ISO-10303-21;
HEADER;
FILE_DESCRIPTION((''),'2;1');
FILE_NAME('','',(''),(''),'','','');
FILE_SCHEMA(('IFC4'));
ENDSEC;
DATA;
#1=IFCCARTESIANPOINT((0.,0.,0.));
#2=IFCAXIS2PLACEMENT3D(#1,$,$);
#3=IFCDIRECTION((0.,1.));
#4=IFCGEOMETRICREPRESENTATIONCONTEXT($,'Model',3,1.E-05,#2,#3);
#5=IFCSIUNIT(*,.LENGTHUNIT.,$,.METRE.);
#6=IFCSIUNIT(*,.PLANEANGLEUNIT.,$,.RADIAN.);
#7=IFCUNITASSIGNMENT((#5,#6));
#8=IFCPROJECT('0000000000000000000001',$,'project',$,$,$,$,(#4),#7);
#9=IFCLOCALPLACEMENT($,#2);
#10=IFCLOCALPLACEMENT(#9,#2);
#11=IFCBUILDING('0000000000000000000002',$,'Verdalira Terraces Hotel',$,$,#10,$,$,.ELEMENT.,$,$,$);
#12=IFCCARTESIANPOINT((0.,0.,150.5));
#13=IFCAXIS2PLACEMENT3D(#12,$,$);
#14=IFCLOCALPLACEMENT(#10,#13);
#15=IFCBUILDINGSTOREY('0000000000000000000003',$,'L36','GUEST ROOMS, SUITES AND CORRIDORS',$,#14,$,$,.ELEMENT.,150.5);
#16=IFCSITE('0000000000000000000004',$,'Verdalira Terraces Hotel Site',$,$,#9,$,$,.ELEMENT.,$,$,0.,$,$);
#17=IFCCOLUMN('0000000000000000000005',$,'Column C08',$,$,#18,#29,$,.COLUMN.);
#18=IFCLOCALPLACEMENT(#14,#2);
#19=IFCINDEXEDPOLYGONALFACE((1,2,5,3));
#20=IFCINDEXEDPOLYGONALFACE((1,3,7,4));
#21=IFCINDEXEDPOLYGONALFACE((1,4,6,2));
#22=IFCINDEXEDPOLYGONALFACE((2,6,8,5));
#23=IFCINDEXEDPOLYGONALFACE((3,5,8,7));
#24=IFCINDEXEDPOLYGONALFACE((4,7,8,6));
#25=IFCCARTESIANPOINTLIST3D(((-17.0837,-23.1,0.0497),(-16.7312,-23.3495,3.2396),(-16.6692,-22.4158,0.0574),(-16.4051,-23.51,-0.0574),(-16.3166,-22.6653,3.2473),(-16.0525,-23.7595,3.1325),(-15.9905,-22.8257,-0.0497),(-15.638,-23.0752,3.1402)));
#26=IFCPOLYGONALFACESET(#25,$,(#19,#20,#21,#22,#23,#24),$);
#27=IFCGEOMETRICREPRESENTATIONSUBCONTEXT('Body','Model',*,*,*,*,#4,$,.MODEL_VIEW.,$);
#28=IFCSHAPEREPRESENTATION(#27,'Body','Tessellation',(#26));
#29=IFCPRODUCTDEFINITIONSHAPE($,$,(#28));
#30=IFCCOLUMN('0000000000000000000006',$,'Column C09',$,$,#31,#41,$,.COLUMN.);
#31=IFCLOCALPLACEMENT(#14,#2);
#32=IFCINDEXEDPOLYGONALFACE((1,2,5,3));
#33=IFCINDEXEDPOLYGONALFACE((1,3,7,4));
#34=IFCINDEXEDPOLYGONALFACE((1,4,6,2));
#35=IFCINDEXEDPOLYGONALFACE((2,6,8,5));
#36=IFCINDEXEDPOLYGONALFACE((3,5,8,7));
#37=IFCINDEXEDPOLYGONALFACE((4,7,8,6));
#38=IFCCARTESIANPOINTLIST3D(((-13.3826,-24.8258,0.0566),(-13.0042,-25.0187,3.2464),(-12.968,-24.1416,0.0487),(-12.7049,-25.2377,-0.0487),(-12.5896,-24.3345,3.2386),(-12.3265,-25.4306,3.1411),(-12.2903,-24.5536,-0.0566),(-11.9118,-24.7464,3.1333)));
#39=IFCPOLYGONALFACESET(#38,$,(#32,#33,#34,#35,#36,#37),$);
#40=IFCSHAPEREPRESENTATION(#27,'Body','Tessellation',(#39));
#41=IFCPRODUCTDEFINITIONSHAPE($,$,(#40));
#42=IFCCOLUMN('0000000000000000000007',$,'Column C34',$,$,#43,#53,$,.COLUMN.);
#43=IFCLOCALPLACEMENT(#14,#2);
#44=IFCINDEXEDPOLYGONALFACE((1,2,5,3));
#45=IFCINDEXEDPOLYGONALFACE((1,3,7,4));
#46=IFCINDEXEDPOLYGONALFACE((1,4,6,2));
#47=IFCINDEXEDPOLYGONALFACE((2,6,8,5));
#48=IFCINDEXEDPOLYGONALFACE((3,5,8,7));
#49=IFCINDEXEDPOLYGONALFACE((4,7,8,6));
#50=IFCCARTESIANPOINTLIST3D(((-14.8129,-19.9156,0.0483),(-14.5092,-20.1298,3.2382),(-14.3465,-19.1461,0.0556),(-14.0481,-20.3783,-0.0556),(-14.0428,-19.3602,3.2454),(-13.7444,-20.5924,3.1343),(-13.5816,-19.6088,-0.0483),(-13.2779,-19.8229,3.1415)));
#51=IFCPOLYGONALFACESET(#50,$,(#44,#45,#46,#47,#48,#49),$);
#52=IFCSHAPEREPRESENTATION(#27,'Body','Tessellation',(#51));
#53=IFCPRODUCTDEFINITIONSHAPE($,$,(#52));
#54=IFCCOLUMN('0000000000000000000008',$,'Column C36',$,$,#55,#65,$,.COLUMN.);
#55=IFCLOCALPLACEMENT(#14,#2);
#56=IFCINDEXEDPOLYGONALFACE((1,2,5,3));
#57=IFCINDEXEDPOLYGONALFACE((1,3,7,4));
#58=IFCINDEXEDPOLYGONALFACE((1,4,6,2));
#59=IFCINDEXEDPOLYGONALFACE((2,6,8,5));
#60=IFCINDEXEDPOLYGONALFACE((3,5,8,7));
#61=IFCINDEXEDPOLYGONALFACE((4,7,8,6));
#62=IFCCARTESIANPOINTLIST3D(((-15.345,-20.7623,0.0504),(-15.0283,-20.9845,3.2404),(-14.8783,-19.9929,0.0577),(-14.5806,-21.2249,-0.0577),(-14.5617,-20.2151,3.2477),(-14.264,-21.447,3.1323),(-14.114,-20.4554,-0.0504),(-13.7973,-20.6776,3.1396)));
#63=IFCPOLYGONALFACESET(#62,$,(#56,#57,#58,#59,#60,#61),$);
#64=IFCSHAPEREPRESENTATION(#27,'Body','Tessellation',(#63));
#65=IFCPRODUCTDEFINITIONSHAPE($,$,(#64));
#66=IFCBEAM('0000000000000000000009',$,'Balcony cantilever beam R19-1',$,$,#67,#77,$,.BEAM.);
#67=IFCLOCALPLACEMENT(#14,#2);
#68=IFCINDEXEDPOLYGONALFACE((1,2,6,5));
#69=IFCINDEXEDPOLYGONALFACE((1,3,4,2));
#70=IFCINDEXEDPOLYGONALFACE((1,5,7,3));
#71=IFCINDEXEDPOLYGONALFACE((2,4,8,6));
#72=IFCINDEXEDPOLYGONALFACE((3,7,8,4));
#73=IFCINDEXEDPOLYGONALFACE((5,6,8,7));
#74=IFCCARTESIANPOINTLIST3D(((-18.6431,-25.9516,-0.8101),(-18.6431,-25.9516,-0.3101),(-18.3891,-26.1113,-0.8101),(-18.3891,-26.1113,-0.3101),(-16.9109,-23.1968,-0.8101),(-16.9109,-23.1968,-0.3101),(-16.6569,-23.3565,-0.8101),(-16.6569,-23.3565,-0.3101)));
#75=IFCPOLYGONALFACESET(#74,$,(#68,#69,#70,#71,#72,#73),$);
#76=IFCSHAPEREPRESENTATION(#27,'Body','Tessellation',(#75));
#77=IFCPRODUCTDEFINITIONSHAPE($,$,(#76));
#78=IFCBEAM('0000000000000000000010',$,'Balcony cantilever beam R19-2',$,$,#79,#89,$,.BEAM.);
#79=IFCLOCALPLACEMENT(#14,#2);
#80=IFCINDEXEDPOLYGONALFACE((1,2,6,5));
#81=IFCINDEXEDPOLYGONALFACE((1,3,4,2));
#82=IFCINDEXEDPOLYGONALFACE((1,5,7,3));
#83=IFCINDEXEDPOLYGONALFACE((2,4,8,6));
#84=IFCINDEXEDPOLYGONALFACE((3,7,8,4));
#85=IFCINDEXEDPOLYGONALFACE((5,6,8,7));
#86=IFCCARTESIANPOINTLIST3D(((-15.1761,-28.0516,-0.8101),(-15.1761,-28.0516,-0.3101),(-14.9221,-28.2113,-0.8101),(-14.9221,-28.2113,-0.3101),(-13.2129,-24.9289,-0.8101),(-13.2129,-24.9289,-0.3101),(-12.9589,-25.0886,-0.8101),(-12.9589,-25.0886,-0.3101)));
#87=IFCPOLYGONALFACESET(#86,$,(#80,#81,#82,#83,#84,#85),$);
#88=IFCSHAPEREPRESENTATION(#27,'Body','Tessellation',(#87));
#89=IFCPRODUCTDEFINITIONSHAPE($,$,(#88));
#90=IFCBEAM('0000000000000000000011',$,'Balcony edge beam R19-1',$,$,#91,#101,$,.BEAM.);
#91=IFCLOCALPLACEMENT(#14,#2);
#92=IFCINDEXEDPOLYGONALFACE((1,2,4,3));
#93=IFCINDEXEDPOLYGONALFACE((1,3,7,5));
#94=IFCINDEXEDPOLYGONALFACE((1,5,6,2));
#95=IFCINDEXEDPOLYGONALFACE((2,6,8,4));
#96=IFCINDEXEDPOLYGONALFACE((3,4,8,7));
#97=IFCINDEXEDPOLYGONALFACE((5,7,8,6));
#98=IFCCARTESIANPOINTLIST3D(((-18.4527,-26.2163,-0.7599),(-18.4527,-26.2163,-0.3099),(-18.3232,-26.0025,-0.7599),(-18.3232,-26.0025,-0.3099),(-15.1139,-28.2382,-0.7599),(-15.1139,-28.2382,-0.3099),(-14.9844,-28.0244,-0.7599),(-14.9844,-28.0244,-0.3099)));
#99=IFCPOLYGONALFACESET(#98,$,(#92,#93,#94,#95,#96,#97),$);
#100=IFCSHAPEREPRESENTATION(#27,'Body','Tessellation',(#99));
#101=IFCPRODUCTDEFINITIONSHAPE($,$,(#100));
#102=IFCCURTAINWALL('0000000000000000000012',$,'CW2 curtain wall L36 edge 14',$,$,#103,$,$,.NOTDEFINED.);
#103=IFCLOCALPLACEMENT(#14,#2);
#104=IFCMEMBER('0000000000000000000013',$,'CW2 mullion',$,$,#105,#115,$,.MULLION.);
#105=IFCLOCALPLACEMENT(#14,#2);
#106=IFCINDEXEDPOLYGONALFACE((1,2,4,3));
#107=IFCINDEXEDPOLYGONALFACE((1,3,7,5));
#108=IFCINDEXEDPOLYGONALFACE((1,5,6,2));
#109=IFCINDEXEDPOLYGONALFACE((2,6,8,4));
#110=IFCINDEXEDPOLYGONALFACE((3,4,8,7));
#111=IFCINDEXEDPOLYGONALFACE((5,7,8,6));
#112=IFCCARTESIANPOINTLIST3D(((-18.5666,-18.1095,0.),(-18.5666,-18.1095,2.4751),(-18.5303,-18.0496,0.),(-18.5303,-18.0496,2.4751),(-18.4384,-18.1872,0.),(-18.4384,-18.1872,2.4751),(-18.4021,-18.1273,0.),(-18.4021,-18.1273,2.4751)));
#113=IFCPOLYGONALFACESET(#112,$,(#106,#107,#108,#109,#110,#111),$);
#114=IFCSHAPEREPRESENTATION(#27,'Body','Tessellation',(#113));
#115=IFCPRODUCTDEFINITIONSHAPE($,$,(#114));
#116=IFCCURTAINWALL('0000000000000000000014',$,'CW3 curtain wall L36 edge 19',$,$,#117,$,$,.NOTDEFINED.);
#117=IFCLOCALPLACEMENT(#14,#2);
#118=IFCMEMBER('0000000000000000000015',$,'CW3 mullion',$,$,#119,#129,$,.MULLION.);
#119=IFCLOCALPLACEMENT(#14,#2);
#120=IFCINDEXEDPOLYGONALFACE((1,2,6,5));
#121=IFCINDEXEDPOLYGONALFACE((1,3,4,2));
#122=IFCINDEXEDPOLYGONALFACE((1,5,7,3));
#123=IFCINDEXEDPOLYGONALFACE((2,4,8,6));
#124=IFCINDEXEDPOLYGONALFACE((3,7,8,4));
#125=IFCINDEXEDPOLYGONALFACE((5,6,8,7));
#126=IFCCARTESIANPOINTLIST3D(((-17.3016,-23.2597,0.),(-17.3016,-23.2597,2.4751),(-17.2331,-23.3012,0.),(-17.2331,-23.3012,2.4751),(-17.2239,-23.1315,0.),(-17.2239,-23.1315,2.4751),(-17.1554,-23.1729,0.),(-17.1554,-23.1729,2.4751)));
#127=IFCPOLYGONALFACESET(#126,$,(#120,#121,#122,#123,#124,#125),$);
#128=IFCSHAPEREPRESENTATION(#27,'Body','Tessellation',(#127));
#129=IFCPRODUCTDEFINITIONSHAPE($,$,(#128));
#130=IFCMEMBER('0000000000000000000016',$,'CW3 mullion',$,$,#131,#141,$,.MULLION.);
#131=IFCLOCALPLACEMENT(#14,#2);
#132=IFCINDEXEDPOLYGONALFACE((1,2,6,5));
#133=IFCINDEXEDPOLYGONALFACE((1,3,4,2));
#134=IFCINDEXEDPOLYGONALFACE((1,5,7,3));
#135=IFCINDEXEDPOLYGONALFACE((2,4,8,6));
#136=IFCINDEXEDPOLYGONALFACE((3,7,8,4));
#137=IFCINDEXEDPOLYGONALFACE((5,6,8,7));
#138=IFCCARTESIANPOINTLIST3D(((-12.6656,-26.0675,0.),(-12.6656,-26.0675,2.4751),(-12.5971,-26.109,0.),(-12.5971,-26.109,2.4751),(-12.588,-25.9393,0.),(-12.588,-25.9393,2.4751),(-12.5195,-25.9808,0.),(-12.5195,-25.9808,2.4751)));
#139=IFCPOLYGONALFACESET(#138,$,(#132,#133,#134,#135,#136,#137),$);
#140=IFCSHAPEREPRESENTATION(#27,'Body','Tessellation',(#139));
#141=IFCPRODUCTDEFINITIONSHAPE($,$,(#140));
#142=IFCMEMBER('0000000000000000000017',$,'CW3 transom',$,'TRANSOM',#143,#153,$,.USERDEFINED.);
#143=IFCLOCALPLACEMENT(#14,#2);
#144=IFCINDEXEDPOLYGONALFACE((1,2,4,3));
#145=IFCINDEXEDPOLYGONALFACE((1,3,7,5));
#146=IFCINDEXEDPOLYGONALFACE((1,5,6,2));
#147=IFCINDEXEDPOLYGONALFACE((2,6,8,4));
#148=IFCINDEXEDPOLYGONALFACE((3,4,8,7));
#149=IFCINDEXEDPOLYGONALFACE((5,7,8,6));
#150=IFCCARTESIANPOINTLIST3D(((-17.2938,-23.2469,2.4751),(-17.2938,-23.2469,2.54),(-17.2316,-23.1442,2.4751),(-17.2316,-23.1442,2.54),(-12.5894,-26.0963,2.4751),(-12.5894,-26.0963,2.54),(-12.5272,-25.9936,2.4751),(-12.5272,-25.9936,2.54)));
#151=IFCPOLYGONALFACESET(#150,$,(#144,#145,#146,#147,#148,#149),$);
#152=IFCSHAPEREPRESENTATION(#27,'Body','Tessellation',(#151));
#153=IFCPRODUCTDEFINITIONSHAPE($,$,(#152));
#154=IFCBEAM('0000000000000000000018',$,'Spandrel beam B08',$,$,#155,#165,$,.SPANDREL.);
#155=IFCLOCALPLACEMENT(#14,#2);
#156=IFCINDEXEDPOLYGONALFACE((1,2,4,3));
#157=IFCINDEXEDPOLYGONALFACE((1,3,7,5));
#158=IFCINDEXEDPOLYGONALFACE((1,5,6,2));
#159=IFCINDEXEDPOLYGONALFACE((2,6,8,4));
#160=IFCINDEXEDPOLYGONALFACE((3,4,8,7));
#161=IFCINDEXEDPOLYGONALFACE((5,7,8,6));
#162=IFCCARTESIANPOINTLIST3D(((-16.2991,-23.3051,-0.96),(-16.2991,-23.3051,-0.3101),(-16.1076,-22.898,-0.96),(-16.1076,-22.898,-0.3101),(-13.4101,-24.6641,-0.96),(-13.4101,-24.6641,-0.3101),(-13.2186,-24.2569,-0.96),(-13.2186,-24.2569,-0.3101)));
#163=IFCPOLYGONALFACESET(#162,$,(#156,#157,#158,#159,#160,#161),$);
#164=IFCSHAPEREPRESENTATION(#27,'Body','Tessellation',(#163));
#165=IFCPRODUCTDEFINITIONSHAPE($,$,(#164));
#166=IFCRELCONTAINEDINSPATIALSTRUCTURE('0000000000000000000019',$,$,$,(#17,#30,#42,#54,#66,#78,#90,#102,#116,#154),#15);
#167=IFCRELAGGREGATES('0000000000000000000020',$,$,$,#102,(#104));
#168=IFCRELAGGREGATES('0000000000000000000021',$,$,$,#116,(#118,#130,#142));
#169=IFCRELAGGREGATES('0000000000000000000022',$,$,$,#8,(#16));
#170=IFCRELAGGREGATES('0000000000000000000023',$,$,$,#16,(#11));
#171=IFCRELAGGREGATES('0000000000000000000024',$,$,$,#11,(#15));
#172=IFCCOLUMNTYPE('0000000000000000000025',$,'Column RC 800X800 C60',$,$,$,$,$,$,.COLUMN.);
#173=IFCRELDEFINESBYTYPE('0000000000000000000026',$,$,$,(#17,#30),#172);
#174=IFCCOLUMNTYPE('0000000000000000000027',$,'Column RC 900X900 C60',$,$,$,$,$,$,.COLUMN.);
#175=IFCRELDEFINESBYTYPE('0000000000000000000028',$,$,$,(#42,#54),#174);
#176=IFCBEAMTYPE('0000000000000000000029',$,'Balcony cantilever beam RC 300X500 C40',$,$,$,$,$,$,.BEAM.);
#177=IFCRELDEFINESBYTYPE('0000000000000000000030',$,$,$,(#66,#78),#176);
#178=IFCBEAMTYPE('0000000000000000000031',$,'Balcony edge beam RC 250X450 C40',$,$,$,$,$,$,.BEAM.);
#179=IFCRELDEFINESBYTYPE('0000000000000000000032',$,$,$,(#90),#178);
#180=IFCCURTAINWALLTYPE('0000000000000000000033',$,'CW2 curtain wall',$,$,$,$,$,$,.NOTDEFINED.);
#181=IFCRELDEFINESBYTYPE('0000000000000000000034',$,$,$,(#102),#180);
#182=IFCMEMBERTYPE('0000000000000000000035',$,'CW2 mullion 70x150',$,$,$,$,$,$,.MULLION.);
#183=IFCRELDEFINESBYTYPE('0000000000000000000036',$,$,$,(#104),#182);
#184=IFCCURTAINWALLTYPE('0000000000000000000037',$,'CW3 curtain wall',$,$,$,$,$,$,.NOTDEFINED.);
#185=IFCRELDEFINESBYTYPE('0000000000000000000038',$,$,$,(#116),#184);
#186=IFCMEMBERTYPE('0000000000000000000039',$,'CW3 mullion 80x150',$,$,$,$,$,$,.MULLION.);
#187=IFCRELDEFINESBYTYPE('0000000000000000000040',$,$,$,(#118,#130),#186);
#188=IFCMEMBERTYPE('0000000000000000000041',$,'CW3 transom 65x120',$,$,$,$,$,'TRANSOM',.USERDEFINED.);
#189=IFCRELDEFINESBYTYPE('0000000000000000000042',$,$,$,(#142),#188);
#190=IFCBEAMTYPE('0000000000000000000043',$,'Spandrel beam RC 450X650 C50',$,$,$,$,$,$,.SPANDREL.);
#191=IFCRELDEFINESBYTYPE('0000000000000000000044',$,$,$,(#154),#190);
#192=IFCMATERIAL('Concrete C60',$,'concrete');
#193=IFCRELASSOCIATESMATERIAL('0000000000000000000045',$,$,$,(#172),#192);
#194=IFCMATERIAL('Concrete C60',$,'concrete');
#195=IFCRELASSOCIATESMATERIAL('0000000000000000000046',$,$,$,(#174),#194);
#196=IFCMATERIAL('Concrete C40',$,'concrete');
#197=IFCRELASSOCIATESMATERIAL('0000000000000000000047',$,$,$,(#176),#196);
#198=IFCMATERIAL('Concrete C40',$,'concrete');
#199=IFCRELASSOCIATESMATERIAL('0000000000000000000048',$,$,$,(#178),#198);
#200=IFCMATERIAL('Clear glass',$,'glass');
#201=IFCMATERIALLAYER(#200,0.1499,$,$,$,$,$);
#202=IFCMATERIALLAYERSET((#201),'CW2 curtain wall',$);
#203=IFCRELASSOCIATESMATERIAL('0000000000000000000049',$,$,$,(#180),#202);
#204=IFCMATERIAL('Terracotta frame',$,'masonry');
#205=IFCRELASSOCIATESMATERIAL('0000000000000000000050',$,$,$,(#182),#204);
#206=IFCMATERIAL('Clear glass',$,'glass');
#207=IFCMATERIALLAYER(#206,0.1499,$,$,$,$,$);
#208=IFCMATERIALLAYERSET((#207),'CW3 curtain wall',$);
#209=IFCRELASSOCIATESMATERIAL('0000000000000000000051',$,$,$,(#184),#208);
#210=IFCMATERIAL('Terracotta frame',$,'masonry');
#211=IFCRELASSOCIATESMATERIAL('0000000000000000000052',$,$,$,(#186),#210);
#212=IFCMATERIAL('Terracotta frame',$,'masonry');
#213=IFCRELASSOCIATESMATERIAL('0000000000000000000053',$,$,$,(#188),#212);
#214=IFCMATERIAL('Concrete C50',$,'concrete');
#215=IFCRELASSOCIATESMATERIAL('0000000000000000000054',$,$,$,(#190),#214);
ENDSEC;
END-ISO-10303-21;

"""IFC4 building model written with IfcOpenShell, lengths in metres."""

from ifc_helpers import new_model, si_unit, direction, frame, origin, origin_2d, place, context, subcontext, project, spatial, rectangle, extrude, material, layer, layer_set, material_profile, profile_set, type_object, element, aggregate, save


model = new_model("IFC4")

# Units and contexts
model_context = context("Model", 3, precision=1e-05, world=origin(), true_north=direction((0.0, 1.0)))
body_context = subcontext(model_context, "Body", "Model", "MODEL_VIEW")
ifc_project = project(units=[si_unit("LENGTHUNIT", "METRE"), si_unit("PLANEANGLEUNIT", "RADIAN")], contexts=[model_context])

# Site, building, storey
site_placement = place(None, origin())
site = spatial("IfcSite", under=ifc_project, at=site_placement, Name="Verdalira Terraces Hotel Site", CompositionType="ELEMENT", RefElevation=0.0)
building_placement = place(site_placement, origin())
building = spatial("IfcBuilding", under=site, at=building_placement, Name="Verdalira Terraces Hotel", CompositionType="ELEMENT")
storey_placement = place(building_placement, frame((0.0, 0.0, 150.5)))
storey = spatial("IfcBuildingStorey", under=building, at=storey_placement, Name="L36", Description="GUEST ROOMS, SUITES AND CORRIDORS", CompositionType="ELEMENT", Elevation=150.5)

# Columns
ifc_material_1 = material(Name="Concrete C60", Category="concrete")
ifc_material_profile_1 = material_profile(ifc_material_1, rectangle(XDim=0.8, YDim=0.8, at=origin_2d()), Name="RC 800X800")
ifc_profile_set_1 = profile_set([ifc_material_profile_1], Name="Concrete C60")
column_type_1 = type_object("IfcColumnType", Name="Column RC 800X800 C60", PredefinedType="COLUMN", material=ifc_profile_set_1)
column_1_placement = place(storey_placement, frame((-16.5371, -22.9629, 0.0), z_axis=(0.109517, -0.077511, 0.990958), x_axis=(0.84826, -0.512393, -0.133825)))
element("IfcColumn", 1, at=column_1_placement, inside=storey, type_object=column_type_1, Name="Column C08", PredefinedType="COLUMN", context=body_context, shape_type="SweptSolid", body=[
    extrude(rectangle(XDim=0.8, YDim=0.8, at=origin_2d()), origin(), (0.0, 0.0, 1.0), 3.219),
])
column_2_placement = place(storey_placement, frame((-12.8364, -24.6897, 0.0), z_axis=(0.117591, -0.059933, 0.991252), x_axis=(0.847109, -0.514861, -0.131621)))
element("IfcColumn", 2, at=column_2_placement, inside=storey, type_object=column_type_1, Name="Column C09", PredefinedType="COLUMN", context=body_context, shape_type="SweptSolid", body=[
    extrude(rectangle(XDim=0.8, YDim=0.8, at=origin_2d()), origin(), (0.0, 0.0, 1.0), 3.218),
])
ifc_material_2 = material(Name="Concrete C60", Category="concrete")
ifc_material_profile_2 = material_profile(ifc_material_2, rectangle(XDim=0.8999, YDim=0.8999, at=origin_2d()), Name="RC 900X900")
ifc_profile_set_2 = profile_set([ifc_material_profile_2], Name="Concrete C60")
column_type_2 = type_object("IfcColumnType", Name="Column RC 900X900 C60", PredefinedType="COLUMN", material=ifc_profile_set_2)
column_3_placement = place(storey_placement, frame((-14.1973, -19.7622, 0.0), z_axis=(0.094569, -0.06667, 0.993283), x_axis=(-0.518357, -0.855127, -0.008045)))
element("IfcColumn", 3, at=column_3_placement, inside=storey, type_object=column_type_2, Name="Column C34", PredefinedType="COLUMN", context=body_context, shape_type="SweptSolid", body=[
    extrude(rectangle(XDim=0.8999, YDim=0.8999, at=origin_2d()), origin(), (0.0, 0.0, 1.0), 3.2114),
])
column_4_placement = place(storey_placement, frame((-14.7295, -20.6089, 0.0), z_axis=(0.098543, -0.06914, 0.992728), x_axis=(-0.518548, -0.855011, -0.008075)))
element("IfcColumn", 4, at=column_4_placement, inside=storey, type_object=column_type_2, Name="Column C36", PredefinedType="COLUMN", context=body_context, shape_type="SweptSolid", body=[
    extrude(rectangle(XDim=0.8999, YDim=0.8999, at=origin_2d()), origin(), (0.0, 0.0, 1.0), 3.2134),
])

# Beams
ifc_material_3 = material(Name="Concrete C40", Category="concrete")
ifc_material_profile_3 = material_profile(ifc_material_3, rectangle(XDim=0.3, YDim=0.5, at=origin_2d()), Name="RC 300X500")
ifc_profile_set_3 = profile_set([ifc_material_profile_3], Name="Concrete C40")
beam_type_1 = type_object("IfcBeamType", Name="Balcony cantilever beam RC 300X500 C40", PredefinedType="BEAM", material=ifc_profile_set_3)
beam_1_placement = place(storey_placement, frame((-16.7839, -23.2766, -0.5601), z_axis=(-0.53229, -0.846562, 0.0), x_axis=(0.846562, -0.53229, 0.0)))
element("IfcBeam", 5, at=beam_1_placement, inside=storey, type_object=beam_type_1, Name="Balcony cantilever beam R19-1", PredefinedType="BEAM", context=body_context, shape_type="SweptSolid", body=[
    extrude(rectangle(XDim=0.3, YDim=0.5, at=origin_2d()), origin(), (0.0, 0.0, 1.0), 3.2542),
])
beam_2_placement = place(storey_placement, frame((-13.0859, -25.0088, -0.5601), z_axis=(-0.532246, -0.84659, 0.0), x_axis=(0.84659, -0.532246, 0.0)))
element("IfcBeam", 6, at=beam_2_placement, inside=storey, type_object=beam_type_1, Name="Balcony cantilever beam R19-2", PredefinedType="BEAM", context=body_context, shape_type="SweptSolid", body=[
    extrude(rectangle(XDim=0.3, YDim=0.5, at=origin_2d()), origin(), (0.0, 0.0, 1.0), 3.6885),
])
ifc_material_4 = material(Name="Concrete C40", Category="concrete")
ifc_material_profile_4 = material_profile(ifc_material_4, rectangle(XDim=0.25, YDim=0.45, at=origin_2d()), Name="RC 250X450")
ifc_profile_set_4 = profile_set([ifc_material_profile_4], Name="Concrete C40")
beam_type_2 = type_object("IfcBeamType", Name="Balcony edge beam RC 250X450 C40", PredefinedType="BEAM", material=ifc_profile_set_4)
beam_3_placement = place(storey_placement, frame((-18.3879, -26.1094, -0.5349), z_axis=(0.855378, -0.518005, 0.0), x_axis=(0.518005, 0.855378, 0.0)))
element("IfcBeam", 7, at=beam_3_placement, inside=storey, type_object=beam_type_2, Name="Balcony edge beam R19-1", PredefinedType="BEAM", context=body_context, shape_type="SweptSolid", body=[
    extrude(rectangle(XDim=0.25, YDim=0.45, at=origin_2d()), origin(), (0.0, 0.0, 1.0), 3.9033),
])

# Curtain wall, member
ifc_material_5 = material(Name="Clear glass", Category="glass")
ifc_layer_1 = layer(ifc_material_5, 0.1499)
ifc_layer_set_1 = layer_set([ifc_layer_1], Name="CW2 curtain wall")
curtain_wall_type_1 = type_object("IfcCurtainWallType", Name="CW2 curtain wall", PredefinedType="NOTDEFINED", material=ifc_layer_set_1)
curtain_wall_1_placement = place(storey_placement, origin())
curtain_wall_1 = element("IfcCurtainWall", 8, at=curtain_wall_1_placement, inside=storey, type_object=curtain_wall_type_1, Name="CW2 curtain wall L36 edge 14", PredefinedType="NOTDEFINED")
ifc_material_6 = material(Name="Terracotta frame", Category="masonry")
ifc_material_profile_5 = material_profile(ifc_material_6, rectangle(XDim=0.0701, YDim=0.1499, at=origin_2d()), Name="MU 70x150")
ifc_profile_set_5 = profile_set([ifc_material_profile_5], Name="Terracotta frame")
member_type_1 = type_object("IfcMemberType", Name="CW2 mullion 70x150", PredefinedType="MULLION", material=ifc_profile_set_5)
member_1_placement = place(storey_placement, frame((-18.4844, -18.1184, 0.0), z_axis=(0.0, 0.0, 1.0), x_axis=(-0.518027, -0.855364, 0.0)))
member_1 = element("IfcMember", 9, at=member_1_placement, type_object=member_type_1, Name="CW2 mullion", PredefinedType="MULLION", context=body_context, shape_type="SweptSolid", body=[
    extrude(rectangle(XDim=0.0701, YDim=0.1499, at=origin_2d()), origin(), (0.0, 0.0, 1.0), 2.4751),
])
aggregate(curtain_wall_1, [member_1])

# Curtain wall, members
ifc_material_7 = material(Name="Clear glass", Category="glass")
ifc_layer_2 = layer(ifc_material_7, 0.1499)
ifc_layer_set_2 = layer_set([ifc_layer_2], Name="CW3 curtain wall")
curtain_wall_type_2 = type_object("IfcCurtainWallType", Name="CW3 curtain wall", PredefinedType="NOTDEFINED", material=ifc_layer_set_2)
curtain_wall_2_placement = place(storey_placement, origin())
curtain_wall_2 = element("IfcCurtainWall", 10, at=curtain_wall_2_placement, inside=storey, type_object=curtain_wall_type_2, Name="CW3 curtain wall L36 edge 19", PredefinedType="NOTDEFINED")
ifc_material_8 = material(Name="Terracotta frame", Category="masonry")
ifc_material_profile_6 = material_profile(ifc_material_8, rectangle(XDim=0.0801, YDim=0.1499, at=origin_2d()), Name="MU 80x150")
ifc_profile_set_6 = profile_set([ifc_material_profile_6], Name="Terracotta frame")
member_type_2 = type_object("IfcMemberType", Name="CW3 mullion 80x150", PredefinedType="MULLION", material=ifc_profile_set_6)
member_2_placement = place(storey_placement, frame((-17.2285, -23.2163, 0.0), z_axis=(0.0, 0.0, 1.0), x_axis=(0.855364, -0.518027, 0.0)))
member_2 = element("IfcMember", 11, at=member_2_placement, type_object=member_type_2, Name="CW3 mullion", PredefinedType="MULLION", context=body_context, shape_type="SweptSolid", body=[
    extrude(rectangle(XDim=0.0801, YDim=0.1499, at=origin_2d()), origin(), (0.0, 0.0, 1.0), 2.4751),
])
member_3_placement = place(storey_placement, frame((-12.5925, -26.0242, 0.0), z_axis=(0.0, 0.0, 1.0), x_axis=(0.855364, -0.518027, 0.0)))
member_3 = element("IfcMember", 12, at=member_3_placement, type_object=member_type_2, Name="CW3 mullion", PredefinedType="MULLION", context=body_context, shape_type="SweptSolid", body=[
    extrude(rectangle(XDim=0.0801, YDim=0.1499, at=origin_2d()), origin(), (0.0, 0.0, 1.0), 2.4751),
])
ifc_material_9 = material(Name="Terracotta frame", Category="masonry")
ifc_material_profile_7 = material_profile(ifc_material_9, rectangle(XDim=0.1201, YDim=0.0649, at=origin_2d()), Name="TR 65x120")
ifc_profile_set_7 = profile_set([ifc_material_profile_7], Name="Terracotta frame")
member_type_3 = type_object("IfcMemberType", Name="CW3 transom 65x120", ElementType="TRANSOM", PredefinedType="USERDEFINED", material=ifc_profile_set_7)
member_4_placement = place(storey_placement, frame((-17.2627, -23.1956, 2.5076), z_axis=(0.855339, -0.518069, 0.0), x_axis=(0.518069, 0.855339, 0.0)))
member_4 = element("IfcMember", 13, at=member_4_placement, type_object=member_type_3, Name="CW3 transom", ObjectType="TRANSOM", PredefinedType="USERDEFINED", context=body_context, shape_type="SweptSolid", body=[
    extrude(rectangle(XDim=0.1201, YDim=0.0649, at=origin_2d()), origin(), (0.0, 0.0, 1.0), 5.5),
])

# Beam
ifc_material_10 = material(Name="Concrete C50", Category="concrete")
ifc_material_profile_8 = material_profile(ifc_material_10, rectangle(XDim=0.45, YDim=0.6499, at=origin_2d()), Name="RC 450X650")
ifc_profile_set_8 = profile_set([ifc_material_profile_8], Name="Concrete C50")
beam_type_3 = type_object("IfcBeamType", Name="Spandrel beam RC 450X650 C50", PredefinedType="SPANDREL", material=ifc_profile_set_8)
beam_4_placement = place(storey_placement, frame((-16.2034, -23.1016, -0.635), z_axis=(0.904891, -0.425642, 0.0), x_axis=(0.425642, 0.904891, 0.0)))
element("IfcBeam", 14, at=beam_4_placement, inside=storey, type_object=beam_type_3, Name="Spandrel beam B08", PredefinedType="SPANDREL", context=body_context, shape_type="SweptSolid", body=[
    extrude(rectangle(XDim=0.45, YDim=0.6499, at=origin_2d()), origin(), (0.0, 0.0, 1.0), 3.1926),
])

aggregate(curtain_wall_2, [member_2, member_3, member_4])

save(model, "model.ifc")
